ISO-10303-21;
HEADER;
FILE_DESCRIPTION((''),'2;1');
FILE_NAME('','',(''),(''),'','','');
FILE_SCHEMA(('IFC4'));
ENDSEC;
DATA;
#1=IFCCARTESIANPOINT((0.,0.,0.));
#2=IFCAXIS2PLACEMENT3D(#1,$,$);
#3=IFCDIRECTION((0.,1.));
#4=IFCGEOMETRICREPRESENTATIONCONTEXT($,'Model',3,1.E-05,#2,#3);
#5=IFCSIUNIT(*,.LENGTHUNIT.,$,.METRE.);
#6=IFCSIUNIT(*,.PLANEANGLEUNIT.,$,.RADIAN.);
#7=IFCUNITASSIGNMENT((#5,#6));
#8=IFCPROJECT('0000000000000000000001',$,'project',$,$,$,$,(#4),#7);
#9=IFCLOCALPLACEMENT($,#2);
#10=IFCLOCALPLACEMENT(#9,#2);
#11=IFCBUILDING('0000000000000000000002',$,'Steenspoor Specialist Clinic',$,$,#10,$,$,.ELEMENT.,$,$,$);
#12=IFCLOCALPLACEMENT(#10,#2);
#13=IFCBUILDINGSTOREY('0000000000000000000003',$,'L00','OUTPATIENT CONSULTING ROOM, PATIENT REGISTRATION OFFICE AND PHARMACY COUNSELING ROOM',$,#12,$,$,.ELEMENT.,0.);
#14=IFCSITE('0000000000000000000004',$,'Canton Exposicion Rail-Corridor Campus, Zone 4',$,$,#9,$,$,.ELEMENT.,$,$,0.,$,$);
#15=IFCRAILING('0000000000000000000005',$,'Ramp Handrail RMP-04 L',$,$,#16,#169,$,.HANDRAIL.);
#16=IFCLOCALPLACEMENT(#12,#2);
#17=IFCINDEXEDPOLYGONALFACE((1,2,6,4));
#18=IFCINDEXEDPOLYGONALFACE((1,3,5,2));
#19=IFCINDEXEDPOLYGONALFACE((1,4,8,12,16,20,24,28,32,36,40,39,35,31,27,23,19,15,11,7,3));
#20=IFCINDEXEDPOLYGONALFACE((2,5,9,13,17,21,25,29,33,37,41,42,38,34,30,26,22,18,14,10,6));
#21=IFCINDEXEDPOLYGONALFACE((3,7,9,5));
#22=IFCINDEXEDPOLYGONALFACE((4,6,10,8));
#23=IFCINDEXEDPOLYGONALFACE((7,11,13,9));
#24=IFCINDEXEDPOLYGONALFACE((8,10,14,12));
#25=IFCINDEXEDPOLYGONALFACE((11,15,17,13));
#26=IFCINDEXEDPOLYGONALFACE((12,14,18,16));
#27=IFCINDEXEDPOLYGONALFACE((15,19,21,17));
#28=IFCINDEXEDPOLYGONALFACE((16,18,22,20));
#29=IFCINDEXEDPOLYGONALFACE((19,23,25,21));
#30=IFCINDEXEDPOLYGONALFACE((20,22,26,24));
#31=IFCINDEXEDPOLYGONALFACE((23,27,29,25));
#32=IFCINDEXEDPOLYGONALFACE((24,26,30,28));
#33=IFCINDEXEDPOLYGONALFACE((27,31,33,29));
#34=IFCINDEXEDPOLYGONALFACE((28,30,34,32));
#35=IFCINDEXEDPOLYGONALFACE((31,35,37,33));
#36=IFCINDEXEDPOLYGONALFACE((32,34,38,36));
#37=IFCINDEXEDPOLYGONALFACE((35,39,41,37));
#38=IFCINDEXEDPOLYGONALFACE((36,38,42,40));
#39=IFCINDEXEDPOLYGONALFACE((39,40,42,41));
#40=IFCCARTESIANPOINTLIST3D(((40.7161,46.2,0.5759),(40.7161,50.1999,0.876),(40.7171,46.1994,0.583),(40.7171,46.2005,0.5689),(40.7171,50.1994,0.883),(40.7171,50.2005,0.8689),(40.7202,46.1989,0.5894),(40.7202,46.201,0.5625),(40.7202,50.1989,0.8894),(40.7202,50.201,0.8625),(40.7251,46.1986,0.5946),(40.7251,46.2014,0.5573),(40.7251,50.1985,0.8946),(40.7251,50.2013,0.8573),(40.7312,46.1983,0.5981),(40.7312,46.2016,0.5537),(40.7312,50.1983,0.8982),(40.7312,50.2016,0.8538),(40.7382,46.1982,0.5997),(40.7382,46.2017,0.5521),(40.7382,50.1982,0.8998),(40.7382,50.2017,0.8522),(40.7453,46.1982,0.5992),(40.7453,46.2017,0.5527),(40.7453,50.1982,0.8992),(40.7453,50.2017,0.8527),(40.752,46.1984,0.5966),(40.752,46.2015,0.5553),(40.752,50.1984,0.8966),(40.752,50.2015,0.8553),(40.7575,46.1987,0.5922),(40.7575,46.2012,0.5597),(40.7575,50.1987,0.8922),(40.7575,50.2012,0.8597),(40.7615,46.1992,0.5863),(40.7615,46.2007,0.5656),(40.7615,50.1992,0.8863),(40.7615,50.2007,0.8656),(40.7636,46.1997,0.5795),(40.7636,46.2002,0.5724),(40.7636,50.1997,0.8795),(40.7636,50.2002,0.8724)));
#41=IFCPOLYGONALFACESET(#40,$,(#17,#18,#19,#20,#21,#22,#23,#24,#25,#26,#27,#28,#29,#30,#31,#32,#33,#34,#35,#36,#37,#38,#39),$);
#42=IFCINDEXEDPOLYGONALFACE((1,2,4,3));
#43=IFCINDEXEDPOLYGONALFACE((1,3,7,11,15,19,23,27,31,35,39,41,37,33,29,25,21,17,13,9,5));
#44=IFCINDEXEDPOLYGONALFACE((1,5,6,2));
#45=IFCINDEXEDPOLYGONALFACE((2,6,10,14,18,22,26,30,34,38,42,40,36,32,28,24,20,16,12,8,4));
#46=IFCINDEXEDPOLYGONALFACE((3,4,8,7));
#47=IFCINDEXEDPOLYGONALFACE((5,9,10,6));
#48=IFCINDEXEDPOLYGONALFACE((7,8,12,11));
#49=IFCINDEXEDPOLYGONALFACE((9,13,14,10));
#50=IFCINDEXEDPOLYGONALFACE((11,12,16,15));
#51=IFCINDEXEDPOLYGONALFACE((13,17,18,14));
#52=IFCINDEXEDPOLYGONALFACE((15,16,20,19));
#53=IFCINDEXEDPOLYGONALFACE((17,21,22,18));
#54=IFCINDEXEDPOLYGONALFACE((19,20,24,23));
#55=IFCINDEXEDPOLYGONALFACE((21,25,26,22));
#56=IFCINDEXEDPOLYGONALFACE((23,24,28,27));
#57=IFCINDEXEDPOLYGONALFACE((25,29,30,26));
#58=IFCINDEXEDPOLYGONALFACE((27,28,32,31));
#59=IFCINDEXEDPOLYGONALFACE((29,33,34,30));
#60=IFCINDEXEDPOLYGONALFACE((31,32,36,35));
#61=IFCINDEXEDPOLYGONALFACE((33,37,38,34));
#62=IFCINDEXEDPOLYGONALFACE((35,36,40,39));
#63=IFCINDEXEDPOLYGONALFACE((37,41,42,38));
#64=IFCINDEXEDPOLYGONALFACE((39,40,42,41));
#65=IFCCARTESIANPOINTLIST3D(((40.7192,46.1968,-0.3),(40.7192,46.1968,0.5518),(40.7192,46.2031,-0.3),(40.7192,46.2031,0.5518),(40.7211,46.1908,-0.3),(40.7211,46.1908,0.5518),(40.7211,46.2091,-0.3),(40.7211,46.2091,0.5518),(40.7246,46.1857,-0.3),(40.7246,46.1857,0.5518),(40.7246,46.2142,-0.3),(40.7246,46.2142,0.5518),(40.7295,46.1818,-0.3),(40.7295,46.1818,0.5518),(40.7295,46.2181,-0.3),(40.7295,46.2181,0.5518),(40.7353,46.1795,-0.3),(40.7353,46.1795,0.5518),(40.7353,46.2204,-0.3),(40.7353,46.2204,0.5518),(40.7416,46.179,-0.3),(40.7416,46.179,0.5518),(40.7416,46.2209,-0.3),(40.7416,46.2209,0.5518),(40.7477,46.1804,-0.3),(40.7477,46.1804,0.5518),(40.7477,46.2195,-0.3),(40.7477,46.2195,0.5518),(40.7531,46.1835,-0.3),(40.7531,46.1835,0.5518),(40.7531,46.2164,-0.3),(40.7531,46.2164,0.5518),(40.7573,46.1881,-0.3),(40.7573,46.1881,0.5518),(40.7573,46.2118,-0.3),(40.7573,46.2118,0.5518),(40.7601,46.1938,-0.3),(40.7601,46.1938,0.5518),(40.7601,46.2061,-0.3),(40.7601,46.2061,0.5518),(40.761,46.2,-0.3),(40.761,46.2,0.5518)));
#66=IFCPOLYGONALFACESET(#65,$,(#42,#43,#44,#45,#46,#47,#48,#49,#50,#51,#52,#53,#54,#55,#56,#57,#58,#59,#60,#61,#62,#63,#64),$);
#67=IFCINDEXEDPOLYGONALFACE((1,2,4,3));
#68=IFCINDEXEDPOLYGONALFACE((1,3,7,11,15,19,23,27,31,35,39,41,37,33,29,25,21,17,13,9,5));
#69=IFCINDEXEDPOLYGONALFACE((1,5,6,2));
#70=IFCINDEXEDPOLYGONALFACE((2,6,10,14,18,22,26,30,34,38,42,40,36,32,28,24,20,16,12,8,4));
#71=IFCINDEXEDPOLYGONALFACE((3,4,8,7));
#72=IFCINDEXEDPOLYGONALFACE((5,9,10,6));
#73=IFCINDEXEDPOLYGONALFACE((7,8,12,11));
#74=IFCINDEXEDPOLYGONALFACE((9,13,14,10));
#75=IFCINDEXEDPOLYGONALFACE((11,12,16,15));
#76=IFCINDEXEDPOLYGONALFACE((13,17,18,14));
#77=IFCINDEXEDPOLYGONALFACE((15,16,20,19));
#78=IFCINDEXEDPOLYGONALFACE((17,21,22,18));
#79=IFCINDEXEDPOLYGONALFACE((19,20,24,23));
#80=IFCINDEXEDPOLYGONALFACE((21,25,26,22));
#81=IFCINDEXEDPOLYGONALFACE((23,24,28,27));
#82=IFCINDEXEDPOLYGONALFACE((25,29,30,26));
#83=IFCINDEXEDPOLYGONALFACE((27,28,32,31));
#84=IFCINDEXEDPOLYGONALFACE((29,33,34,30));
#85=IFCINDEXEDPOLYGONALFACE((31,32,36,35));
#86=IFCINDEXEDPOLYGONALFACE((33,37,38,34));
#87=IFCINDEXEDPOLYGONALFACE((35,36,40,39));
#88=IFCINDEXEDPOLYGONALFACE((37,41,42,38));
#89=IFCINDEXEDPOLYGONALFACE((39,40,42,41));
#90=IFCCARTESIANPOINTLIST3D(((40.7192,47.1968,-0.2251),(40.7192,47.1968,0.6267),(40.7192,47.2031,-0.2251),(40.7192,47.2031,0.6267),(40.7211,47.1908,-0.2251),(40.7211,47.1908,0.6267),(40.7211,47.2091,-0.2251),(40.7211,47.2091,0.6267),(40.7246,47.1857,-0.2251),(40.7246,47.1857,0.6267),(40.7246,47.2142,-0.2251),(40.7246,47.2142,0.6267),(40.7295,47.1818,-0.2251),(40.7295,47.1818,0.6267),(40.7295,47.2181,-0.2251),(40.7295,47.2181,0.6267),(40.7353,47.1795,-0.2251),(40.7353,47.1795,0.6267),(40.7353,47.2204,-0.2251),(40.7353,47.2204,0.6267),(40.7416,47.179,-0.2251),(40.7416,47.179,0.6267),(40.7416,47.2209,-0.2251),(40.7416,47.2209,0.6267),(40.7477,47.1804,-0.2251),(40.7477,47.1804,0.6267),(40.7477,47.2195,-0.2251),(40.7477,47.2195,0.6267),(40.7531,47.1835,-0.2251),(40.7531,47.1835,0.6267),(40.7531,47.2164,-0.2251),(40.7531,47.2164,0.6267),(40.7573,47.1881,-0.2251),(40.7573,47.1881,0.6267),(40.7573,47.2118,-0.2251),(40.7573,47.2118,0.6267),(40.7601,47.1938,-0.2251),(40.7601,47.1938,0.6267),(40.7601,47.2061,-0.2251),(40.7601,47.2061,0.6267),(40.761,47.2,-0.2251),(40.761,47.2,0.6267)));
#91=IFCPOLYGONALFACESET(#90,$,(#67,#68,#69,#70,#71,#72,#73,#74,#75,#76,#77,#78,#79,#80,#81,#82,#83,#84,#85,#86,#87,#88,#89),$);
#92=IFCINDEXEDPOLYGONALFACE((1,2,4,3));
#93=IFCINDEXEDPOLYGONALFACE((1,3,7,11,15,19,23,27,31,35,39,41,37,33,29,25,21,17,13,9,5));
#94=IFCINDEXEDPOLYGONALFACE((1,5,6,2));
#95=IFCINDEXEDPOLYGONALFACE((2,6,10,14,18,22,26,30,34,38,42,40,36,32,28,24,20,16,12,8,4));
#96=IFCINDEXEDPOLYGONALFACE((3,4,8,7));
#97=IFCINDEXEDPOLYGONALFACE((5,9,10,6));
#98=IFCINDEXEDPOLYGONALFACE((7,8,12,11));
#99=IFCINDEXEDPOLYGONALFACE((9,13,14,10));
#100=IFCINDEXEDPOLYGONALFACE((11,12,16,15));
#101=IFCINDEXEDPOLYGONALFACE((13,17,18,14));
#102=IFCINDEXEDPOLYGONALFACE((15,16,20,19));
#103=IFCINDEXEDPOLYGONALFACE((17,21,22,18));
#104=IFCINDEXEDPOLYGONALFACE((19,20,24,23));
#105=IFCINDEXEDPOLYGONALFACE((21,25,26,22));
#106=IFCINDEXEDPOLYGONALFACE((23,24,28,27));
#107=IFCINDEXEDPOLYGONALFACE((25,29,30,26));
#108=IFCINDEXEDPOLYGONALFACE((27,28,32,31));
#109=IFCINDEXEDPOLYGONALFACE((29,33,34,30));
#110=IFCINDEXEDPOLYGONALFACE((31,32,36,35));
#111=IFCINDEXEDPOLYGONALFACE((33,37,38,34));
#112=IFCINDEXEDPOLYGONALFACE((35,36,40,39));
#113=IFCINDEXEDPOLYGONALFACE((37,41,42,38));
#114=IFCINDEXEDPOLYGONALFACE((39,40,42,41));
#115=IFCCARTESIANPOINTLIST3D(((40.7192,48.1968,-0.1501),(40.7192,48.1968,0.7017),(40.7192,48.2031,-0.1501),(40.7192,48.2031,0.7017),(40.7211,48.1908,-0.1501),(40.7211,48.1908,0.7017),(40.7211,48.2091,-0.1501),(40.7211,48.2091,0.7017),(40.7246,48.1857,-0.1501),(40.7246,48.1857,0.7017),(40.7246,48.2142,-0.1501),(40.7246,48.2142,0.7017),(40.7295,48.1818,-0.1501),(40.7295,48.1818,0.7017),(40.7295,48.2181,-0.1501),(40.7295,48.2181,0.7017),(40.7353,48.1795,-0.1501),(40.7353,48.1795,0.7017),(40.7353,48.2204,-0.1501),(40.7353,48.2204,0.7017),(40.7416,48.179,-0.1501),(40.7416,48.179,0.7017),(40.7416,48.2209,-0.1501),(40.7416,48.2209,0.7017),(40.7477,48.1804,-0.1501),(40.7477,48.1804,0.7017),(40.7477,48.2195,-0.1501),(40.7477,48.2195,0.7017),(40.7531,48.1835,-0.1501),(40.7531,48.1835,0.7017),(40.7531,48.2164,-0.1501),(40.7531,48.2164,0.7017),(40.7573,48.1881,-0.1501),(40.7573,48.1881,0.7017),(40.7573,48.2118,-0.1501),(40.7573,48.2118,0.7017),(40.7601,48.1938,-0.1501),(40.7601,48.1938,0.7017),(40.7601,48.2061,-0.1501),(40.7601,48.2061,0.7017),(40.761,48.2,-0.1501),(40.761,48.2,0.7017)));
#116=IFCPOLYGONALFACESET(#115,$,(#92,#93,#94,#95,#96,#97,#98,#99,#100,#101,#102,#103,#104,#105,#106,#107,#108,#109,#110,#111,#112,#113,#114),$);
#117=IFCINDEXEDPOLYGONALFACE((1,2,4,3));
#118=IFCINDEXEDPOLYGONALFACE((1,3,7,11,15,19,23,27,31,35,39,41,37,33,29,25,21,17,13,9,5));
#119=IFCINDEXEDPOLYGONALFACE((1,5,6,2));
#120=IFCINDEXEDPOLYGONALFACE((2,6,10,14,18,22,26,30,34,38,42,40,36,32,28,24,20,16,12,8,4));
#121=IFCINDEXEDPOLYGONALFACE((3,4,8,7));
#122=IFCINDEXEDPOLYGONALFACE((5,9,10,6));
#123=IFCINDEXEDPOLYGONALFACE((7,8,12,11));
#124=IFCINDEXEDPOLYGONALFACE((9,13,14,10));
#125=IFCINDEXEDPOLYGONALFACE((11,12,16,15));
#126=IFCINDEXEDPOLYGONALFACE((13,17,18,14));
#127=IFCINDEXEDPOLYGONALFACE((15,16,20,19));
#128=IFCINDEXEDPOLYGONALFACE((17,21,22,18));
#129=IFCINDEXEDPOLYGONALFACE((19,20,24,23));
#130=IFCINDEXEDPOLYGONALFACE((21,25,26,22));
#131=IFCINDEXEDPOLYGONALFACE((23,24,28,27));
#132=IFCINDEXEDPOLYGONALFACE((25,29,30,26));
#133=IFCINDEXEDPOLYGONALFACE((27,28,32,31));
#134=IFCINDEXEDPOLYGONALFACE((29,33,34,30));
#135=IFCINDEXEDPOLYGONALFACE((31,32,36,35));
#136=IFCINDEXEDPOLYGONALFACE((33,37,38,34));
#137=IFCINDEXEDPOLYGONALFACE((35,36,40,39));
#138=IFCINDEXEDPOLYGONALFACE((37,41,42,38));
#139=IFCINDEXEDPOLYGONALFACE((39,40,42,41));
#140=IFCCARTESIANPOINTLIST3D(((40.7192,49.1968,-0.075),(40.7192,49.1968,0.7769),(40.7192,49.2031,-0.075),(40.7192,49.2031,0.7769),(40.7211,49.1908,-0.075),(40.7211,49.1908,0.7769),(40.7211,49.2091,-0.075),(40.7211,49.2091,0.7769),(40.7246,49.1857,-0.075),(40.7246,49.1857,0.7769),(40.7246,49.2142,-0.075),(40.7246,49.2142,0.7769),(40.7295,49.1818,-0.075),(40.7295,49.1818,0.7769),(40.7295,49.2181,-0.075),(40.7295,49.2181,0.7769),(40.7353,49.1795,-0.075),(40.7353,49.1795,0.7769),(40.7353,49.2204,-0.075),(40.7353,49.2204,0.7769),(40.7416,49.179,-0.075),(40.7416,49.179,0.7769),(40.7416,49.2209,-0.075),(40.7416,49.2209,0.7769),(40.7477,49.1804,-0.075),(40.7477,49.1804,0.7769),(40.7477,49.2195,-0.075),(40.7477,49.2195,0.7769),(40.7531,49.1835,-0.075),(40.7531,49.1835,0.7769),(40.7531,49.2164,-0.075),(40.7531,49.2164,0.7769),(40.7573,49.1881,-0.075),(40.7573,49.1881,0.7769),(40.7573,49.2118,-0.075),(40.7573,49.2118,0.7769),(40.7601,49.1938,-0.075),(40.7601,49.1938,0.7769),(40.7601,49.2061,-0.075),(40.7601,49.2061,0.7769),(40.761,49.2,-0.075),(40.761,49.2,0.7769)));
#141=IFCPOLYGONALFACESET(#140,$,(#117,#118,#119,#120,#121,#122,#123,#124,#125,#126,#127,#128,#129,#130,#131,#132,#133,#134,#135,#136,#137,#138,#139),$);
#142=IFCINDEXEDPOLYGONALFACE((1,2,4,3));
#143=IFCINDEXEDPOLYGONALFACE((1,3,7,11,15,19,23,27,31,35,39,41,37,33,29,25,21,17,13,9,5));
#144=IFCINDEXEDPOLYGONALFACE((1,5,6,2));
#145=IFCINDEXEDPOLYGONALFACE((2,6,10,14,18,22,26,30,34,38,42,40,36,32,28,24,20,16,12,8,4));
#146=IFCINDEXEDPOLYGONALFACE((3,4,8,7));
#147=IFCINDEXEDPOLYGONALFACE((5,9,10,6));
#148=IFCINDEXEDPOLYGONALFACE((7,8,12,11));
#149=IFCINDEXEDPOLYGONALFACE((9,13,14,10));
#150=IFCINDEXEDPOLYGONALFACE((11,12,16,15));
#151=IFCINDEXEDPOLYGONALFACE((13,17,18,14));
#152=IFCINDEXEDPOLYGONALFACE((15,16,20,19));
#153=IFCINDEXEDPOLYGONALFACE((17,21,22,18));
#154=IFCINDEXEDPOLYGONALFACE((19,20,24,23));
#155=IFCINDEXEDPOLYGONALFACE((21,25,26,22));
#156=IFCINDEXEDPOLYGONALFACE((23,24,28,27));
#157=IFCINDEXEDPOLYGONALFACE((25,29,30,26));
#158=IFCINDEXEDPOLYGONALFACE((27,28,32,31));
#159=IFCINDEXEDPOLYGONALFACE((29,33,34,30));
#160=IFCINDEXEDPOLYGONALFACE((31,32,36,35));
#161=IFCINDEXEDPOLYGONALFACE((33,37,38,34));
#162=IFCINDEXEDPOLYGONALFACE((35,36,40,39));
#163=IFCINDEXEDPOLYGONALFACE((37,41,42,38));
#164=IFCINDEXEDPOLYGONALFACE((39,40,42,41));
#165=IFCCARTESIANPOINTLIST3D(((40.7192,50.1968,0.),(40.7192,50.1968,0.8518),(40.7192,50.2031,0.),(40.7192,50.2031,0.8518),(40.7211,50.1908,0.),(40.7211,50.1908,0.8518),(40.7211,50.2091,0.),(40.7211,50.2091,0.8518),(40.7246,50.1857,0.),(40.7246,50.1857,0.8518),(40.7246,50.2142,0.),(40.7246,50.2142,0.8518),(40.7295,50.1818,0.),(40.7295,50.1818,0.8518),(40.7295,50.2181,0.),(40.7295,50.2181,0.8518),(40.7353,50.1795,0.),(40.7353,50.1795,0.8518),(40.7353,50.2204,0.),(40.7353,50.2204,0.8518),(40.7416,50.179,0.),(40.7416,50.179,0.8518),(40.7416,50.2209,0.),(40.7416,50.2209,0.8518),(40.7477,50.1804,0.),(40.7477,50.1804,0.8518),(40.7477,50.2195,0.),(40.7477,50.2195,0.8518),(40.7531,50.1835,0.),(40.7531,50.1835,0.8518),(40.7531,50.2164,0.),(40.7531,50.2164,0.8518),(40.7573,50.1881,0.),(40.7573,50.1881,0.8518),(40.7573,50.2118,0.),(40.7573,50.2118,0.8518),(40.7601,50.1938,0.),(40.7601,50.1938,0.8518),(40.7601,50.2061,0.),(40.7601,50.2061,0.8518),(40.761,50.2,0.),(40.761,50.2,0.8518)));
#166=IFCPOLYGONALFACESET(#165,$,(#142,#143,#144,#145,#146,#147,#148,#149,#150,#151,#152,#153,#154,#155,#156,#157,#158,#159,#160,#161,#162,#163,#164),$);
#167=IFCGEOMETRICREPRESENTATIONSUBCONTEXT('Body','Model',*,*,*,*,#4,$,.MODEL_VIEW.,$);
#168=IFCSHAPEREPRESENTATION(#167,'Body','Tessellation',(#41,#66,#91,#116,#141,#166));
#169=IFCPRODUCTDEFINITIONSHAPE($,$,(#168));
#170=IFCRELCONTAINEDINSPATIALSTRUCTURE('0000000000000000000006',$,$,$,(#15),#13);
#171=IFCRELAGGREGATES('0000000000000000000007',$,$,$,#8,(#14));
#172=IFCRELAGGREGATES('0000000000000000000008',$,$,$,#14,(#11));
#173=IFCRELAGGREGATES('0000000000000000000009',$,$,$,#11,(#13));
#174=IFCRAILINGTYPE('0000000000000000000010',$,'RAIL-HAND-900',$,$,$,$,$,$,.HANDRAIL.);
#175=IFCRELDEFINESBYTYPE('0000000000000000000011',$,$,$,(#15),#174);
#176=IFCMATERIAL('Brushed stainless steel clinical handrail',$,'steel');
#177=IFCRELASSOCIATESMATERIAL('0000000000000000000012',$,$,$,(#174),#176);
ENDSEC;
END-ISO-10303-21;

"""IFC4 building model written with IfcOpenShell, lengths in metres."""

from ifc_helpers import new_model, si_unit, direction, frame, origin, origin_2d, place, context, subcontext, project, spatial, circle, extrude, material, type_object, element, save


model = new_model("IFC4")

# Units and contexts
model_context = context("Model", 3, precision=1e-05, world=origin(), true_north=direction((0.0, 1.0)))
body_context = subcontext(model_context, "Body", "Model", "MODEL_VIEW")
ifc_project = project(units=[si_unit("LENGTHUNIT", "METRE"), si_unit("PLANEANGLEUNIT", "RADIAN")], contexts=[model_context])

# Site, building, storey
site_placement = place(None, origin())
site = spatial("IfcSite", under=ifc_project, at=site_placement, Name="Canton Exposicion Rail-Corridor Campus, Zone 4", CompositionType="ELEMENT", RefElevation=0.0)
building_placement = place(site_placement, origin())
building = spatial("IfcBuilding", under=site, at=building_placement, Name="Steenspoor Specialist Clinic", CompositionType="ELEMENT")
storey_placement = place(building_placement, origin())
storey = spatial("IfcBuildingStorey", under=building, at=storey_placement, Name="L00", Description="OUTPATIENT CONSULTING ROOM, PATIENT REGISTRATION OFFICE AND PHARMACY COUNSELING ROOM", CompositionType="ELEMENT", Elevation=0.0)

# Railing
ifc_material_1 = material(Name="Brushed stainless steel clinical handrail", Category="steel")
railing_type = type_object("IfcRailingType", Name="RAIL-HAND-900", PredefinedType="HANDRAIL", material=ifc_material_1)
for number, where, name in (
    (1, (40.74, 46.2, -0.3), "Ramp Handrail RMP-04 L"),
):
    element("IfcRailing", number, at=place(storey_placement, frame(where)), inside=storey, type_object=railing_type, Name=name, PredefinedType="HANDRAIL", context=body_context, shape_type="SweptSolid", body=[
        extrude(circle(Radius=0.0239, at=origin_2d()), frame((0.0, 0.0, 0.876), z_axis=(0.0, 0.997198, 0.074802), x_axis=(-1.0, 0.0, 0.0)), (0.0, 0.0, 1.0), 4.0112),
        extrude(circle(Radius=0.021, at=origin_2d()), origin(), (0.0, 0.0, 1.0), 0.8518),
        extrude(circle(Radius=0.021, at=origin_2d()), frame((0.0, 1.0, 0.075)), (0.0, 0.0, 1.0), 0.8518),
        extrude(circle(Radius=0.021, at=origin_2d()), frame((0.0, 2.0, 0.1499)), (0.0, 0.0, 1.0), 0.8518),
        extrude(circle(Radius=0.021, at=origin_2d()), frame((0.0, 3.0, 0.2251)), (0.0, 0.0, 1.0), 0.8518),
        extrude(circle(Radius=0.021, at=origin_2d()), frame((0.0, 4.0, 0.3)), (0.0, 0.0, 1.0), 0.8518),
    ])

save(model, "model.ifc")
